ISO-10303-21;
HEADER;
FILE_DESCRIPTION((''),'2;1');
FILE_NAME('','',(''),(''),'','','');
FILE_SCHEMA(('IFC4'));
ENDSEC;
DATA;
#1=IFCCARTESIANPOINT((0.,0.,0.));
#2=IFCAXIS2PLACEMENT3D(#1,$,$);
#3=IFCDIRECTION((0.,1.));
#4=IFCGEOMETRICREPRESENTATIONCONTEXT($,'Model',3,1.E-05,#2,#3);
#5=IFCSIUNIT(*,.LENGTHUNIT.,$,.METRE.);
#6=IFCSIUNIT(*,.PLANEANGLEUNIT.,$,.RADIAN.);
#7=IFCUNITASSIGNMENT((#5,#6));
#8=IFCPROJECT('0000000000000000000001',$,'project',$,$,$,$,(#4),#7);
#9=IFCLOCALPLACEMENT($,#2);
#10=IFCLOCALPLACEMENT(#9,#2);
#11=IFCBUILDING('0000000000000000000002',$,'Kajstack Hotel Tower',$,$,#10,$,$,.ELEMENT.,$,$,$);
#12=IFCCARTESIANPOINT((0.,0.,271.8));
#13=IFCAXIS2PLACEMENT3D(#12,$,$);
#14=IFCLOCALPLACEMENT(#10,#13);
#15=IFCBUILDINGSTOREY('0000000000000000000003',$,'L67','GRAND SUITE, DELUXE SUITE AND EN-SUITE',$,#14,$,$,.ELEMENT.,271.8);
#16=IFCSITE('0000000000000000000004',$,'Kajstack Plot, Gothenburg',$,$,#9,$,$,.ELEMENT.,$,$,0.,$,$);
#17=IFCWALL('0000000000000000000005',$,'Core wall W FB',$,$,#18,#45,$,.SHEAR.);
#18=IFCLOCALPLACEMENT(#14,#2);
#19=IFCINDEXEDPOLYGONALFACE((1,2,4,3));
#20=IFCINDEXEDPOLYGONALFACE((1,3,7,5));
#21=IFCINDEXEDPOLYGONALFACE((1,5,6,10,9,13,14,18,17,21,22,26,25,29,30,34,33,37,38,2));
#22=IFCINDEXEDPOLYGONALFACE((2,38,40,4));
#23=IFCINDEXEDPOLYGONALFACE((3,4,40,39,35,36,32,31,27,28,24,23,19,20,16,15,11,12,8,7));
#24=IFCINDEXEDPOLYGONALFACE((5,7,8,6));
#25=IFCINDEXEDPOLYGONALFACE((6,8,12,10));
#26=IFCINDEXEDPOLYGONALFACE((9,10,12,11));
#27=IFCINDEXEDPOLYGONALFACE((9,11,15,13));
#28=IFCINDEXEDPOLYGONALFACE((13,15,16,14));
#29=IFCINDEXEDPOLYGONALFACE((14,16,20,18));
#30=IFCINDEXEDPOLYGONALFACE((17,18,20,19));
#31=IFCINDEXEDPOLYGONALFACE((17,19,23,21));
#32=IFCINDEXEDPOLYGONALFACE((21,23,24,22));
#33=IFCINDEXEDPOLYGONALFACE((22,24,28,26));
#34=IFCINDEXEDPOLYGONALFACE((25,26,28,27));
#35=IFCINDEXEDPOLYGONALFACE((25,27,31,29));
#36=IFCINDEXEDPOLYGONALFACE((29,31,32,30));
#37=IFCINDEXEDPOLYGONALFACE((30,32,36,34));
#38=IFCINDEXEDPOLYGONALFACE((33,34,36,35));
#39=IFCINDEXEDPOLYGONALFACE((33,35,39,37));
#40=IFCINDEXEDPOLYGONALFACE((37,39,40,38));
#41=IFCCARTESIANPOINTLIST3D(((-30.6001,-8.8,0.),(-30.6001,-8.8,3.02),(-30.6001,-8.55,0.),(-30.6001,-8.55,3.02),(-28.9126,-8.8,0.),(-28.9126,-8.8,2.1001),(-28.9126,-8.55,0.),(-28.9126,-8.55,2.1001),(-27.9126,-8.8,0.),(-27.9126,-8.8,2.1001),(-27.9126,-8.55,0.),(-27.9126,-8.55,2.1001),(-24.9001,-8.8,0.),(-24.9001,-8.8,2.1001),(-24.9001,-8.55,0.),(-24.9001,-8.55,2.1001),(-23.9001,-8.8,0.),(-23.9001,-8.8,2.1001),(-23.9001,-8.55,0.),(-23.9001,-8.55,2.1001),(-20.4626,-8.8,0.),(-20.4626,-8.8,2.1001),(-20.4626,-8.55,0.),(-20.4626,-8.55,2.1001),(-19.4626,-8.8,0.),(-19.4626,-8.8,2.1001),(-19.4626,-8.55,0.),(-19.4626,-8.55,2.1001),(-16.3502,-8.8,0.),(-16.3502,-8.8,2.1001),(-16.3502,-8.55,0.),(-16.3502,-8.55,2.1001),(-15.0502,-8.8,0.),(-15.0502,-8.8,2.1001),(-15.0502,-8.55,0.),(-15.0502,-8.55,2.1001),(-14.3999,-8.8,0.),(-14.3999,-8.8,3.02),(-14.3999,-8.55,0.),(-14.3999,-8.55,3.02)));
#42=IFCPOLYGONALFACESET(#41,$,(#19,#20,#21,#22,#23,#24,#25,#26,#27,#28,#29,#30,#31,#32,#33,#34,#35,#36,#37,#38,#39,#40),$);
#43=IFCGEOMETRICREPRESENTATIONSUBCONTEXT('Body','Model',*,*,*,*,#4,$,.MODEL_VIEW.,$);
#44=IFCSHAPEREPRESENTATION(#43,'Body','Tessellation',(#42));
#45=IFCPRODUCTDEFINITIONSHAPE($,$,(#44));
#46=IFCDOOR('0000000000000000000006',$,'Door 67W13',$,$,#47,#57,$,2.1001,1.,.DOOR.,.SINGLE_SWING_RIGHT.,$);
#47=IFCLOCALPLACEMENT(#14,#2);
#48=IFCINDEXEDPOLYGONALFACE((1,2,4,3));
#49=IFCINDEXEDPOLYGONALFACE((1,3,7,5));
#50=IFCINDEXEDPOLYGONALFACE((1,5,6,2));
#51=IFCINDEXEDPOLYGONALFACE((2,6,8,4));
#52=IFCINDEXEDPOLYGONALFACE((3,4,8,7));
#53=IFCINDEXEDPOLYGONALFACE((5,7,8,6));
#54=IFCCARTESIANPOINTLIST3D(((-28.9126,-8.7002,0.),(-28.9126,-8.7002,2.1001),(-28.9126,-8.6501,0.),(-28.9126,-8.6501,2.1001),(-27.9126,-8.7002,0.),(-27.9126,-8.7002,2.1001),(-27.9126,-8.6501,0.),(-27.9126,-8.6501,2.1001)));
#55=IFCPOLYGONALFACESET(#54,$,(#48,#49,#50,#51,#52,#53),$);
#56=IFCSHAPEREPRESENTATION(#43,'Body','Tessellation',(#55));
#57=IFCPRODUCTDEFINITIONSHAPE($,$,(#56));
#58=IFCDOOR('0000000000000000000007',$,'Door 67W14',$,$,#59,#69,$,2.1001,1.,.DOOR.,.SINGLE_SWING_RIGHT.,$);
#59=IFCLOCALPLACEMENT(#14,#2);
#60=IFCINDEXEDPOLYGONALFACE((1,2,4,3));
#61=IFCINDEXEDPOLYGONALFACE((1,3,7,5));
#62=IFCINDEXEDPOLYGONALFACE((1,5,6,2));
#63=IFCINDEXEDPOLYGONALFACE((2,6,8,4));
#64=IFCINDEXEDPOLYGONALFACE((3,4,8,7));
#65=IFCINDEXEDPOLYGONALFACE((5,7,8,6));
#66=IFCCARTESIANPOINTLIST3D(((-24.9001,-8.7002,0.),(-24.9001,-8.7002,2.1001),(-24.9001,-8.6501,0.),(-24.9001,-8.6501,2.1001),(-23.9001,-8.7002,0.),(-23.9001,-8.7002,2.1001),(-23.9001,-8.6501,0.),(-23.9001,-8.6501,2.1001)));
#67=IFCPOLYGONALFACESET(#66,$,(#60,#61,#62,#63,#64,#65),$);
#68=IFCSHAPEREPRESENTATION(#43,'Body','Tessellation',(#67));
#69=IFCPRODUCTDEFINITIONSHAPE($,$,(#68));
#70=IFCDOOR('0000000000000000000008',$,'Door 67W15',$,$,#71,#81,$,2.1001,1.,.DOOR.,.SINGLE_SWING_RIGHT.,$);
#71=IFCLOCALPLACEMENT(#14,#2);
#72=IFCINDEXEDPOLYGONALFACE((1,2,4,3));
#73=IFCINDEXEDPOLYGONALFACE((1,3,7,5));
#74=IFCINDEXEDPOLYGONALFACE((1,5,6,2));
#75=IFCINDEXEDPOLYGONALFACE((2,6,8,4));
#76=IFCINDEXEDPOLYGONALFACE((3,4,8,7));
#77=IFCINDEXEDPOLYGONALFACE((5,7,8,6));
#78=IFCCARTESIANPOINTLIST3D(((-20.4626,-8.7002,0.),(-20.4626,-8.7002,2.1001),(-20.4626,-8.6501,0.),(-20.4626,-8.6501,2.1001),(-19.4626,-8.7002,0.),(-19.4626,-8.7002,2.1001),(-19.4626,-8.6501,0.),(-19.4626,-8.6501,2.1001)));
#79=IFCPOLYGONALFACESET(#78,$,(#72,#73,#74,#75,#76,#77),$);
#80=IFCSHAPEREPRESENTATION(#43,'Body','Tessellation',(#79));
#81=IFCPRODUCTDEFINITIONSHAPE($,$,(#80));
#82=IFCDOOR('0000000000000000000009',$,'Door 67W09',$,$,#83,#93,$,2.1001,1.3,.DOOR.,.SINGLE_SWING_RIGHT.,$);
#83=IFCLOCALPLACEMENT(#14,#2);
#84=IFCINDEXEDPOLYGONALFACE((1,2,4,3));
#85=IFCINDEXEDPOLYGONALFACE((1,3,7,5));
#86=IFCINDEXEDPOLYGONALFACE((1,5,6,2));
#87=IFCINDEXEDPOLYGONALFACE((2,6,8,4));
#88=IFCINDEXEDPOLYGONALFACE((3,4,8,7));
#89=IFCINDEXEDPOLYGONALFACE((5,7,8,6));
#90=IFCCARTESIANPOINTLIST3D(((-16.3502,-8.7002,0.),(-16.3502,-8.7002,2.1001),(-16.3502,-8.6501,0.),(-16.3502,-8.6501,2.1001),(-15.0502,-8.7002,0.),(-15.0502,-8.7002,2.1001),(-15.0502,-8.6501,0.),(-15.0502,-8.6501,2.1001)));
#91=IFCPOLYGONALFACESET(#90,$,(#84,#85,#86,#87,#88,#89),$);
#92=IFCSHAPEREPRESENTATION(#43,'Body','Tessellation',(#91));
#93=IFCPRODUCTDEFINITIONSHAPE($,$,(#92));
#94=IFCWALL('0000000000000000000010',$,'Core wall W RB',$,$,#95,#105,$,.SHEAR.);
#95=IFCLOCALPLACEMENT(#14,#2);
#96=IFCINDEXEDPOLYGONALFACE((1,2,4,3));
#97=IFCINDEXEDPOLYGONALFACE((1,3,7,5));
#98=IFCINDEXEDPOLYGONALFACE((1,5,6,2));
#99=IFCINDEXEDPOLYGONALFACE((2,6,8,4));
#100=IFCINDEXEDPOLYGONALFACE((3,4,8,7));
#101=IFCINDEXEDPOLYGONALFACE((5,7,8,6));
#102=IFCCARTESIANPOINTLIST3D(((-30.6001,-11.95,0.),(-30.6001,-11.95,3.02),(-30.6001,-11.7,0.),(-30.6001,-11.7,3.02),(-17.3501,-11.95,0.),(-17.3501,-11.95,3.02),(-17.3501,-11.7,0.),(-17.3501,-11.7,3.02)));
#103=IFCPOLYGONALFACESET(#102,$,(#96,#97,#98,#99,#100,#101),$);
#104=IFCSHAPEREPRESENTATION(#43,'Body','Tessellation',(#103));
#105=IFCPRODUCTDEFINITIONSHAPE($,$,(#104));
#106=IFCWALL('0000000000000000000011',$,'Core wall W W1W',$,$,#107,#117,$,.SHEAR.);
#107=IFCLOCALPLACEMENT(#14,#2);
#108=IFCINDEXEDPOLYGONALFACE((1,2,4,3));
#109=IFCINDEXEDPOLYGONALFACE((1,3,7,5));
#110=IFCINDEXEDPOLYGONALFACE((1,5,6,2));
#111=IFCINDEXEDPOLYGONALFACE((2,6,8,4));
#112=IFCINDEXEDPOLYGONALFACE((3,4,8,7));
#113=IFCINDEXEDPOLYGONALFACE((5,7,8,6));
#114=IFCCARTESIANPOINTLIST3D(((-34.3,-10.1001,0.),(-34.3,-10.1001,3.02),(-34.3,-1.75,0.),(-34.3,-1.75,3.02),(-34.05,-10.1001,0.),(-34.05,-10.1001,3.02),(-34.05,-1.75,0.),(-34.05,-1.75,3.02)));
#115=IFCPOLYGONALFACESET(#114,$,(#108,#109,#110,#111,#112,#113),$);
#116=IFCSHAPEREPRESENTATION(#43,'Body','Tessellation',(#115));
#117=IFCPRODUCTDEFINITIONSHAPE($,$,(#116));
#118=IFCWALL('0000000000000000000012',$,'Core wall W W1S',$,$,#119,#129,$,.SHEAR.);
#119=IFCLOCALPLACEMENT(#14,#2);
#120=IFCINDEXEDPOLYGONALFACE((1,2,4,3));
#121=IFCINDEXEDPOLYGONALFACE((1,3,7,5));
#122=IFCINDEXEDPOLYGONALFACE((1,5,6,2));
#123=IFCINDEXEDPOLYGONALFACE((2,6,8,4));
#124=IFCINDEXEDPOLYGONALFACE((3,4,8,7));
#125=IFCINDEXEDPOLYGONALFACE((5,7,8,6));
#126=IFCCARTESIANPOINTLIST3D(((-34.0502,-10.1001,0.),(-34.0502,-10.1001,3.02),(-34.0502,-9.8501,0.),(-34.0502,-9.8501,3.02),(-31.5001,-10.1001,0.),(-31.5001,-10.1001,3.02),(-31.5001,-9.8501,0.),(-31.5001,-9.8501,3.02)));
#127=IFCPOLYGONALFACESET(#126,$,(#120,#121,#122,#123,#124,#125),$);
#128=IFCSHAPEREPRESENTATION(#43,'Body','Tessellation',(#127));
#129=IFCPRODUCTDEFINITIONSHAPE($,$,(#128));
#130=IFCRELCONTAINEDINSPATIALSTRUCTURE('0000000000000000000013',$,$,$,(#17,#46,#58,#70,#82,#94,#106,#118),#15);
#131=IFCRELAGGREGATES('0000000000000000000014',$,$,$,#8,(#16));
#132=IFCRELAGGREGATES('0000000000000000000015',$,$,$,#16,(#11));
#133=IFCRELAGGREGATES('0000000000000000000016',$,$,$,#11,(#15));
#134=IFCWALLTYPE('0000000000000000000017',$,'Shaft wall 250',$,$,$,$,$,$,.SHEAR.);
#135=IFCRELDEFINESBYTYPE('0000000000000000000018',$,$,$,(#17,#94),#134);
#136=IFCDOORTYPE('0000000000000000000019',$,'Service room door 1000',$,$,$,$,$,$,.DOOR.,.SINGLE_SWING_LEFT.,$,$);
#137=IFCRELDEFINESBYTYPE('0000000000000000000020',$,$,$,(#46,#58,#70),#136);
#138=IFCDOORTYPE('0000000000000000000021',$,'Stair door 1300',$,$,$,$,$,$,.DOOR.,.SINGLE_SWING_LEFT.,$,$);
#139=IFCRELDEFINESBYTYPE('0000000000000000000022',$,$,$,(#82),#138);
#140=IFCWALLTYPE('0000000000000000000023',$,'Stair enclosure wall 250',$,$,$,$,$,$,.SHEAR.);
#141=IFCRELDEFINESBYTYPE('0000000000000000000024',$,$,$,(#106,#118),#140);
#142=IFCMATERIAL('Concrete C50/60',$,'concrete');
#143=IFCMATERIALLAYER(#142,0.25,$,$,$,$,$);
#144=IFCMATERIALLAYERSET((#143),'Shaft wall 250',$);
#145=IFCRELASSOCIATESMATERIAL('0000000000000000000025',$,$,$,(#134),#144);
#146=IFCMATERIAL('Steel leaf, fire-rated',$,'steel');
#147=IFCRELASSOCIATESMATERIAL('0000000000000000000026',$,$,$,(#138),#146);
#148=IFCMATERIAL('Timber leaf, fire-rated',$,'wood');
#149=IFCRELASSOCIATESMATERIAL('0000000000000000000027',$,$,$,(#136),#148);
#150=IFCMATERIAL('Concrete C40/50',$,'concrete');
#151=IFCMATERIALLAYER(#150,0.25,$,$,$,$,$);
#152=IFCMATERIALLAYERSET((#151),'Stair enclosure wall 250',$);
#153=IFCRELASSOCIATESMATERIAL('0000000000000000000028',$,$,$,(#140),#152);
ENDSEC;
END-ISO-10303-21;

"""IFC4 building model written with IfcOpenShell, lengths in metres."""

from ifc_helpers import new_model, si_unit, direction, frame, frame_2d, origin, place, context, subcontext, project, spatial, rectangle, extrude, material, layer, layer_set, type_object, element, fill, save


model = new_model("IFC4")

# Units and contexts
model_context = context("Model", 3, precision=1e-05, world=origin(), true_north=direction((0.0, 1.0)))
body_context = subcontext(model_context, "Body", "Model", "MODEL_VIEW")
ifc_project = project(units=[si_unit("LENGTHUNIT", "METRE"), si_unit("PLANEANGLEUNIT", "RADIAN")], contexts=[model_context])

# Site, building, storey
site_placement = place(None, origin())
site = spatial("IfcSite", under=ifc_project, at=site_placement, Name="Kajstack Plot, Gothenburg", CompositionType="ELEMENT", RefElevation=0.0)
building_placement = place(site_placement, origin())
building = spatial("IfcBuilding", under=site, at=building_placement, Name="Kajstack Hotel Tower", CompositionType="ELEMENT")
storey_placement = place(building_placement, frame((0.0, 0.0, 271.8)))
storey = spatial("IfcBuildingStorey", under=building, at=storey_placement, Name="L67", Description="GRAND SUITE, DELUXE SUITE AND EN-SUITE", CompositionType="ELEMENT", Elevation=271.8)

# Shared definitions
ifc_material_1 = material(Name="Concrete C40/50", Category="concrete")

# Shared definitions
ifc_material_2 = material(Name="Timber leaf, fire-rated", Category="wood")

# Wall, openings, doors
ifc_material_3 = material(Name="Concrete C50/60", Category="concrete")
ifc_layer_1 = layer(ifc_material_3, 0.25)
ifc_layer_set_1 = layer_set([ifc_layer_1], Name="Shaft wall 250")
wall_type_1 = type_object("IfcWallType", Name="Shaft wall 250", PredefinedType="SHEAR", material=ifc_layer_set_1)
ifc_material_4 = material(Name="Steel leaf, fire-rated", Category="steel")
door_type_1 = type_object("IfcDoorType", Name="Stair door 1300", OperationType="SINGLE_SWING_LEFT", PredefinedType="DOOR", material=ifc_material_4)
wall_1_placement = place(storey_placement, frame((-30.6001, -8.675, 0.0), z_axis=(0.0, 0.0, 1.0), x_axis=(1.0, 0.0, 0.0)))
wall_1 = element("IfcWall", 1, at=wall_1_placement, inside=storey, type_object=wall_type_1, Name="Core wall W FB", PredefinedType="SHEAR", context=body_context, shape_type="SweptSolid", body=[
    extrude(rectangle(XDim=16.2002, YDim=0.25, at=frame_2d((8.1001, 0.0))), origin(), (0.0, 0.0, 1.0), 3.02),
])
opening_1_placement = place(wall_1_placement, frame((14.25, 0.0, 0.0)))
opening_1 = element("IfcOpeningElement", 2, at=opening_1_placement, cuts=wall_1, PredefinedType="OPENING", context=body_context, shape_type="SweptSolid", body=[
    extrude(rectangle(XDim=1.3, YDim=2.1001, at=frame_2d((0.6499, 1.05))), frame((0.0, 0.135, 0.0), z_axis=(0.0, -1.0, 0.0), x_axis=(1.0, 0.0, 0.0)), (0.0, 0.0, 1.0), 0.27),
])
opening_2_placement = place(wall_1_placement, frame((1.6875, 0.0, 0.0)))
opening_2 = element("IfcOpeningElement", 3, at=opening_2_placement, cuts=wall_1, PredefinedType="OPENING", context=body_context, shape_type="SweptSolid", body=[
    extrude(rectangle(XDim=1.0, YDim=2.1001, at=frame_2d((0.5, 1.05))), frame((0.0, 0.135, 0.0), z_axis=(0.0, -1.0, 0.0), x_axis=(1.0, 0.0, 0.0)), (0.0, 0.0, 1.0), 0.27),
])
opening_3_placement = place(wall_1_placement, frame((5.7, 0.0, 0.0)))
opening_3 = element("IfcOpeningElement", 4, at=opening_3_placement, cuts=wall_1, PredefinedType="OPENING", context=body_context, shape_type="SweptSolid", body=[
    extrude(rectangle(XDim=1.0, YDim=2.1001, at=frame_2d((0.5, 1.05))), frame((0.0, 0.135, 0.0), z_axis=(0.0, -1.0, 0.0), x_axis=(1.0, 0.0, 0.0)), (0.0, 0.0, 1.0), 0.27),
])
opening_4_placement = place(wall_1_placement, frame((10.1375, 0.0, 0.0)))
opening_4 = element("IfcOpeningElement", 5, at=opening_4_placement, cuts=wall_1, PredefinedType="OPENING", context=body_context, shape_type="SweptSolid", body=[
    extrude(rectangle(XDim=1.0, YDim=2.1001, at=frame_2d((0.5, 1.05))), frame((0.0, 0.135, 0.0), z_axis=(0.0, -1.0, 0.0), x_axis=(1.0, 0.0, 0.0)), (0.0, 0.0, 1.0), 0.27),
])
door_type_2 = type_object("IfcDoorType", Name="Service room door 1000", OperationType="SINGLE_SWING_LEFT", PredefinedType="DOOR", material=ifc_material_2)
door_1_placement = place(opening_2_placement, origin())
door_1 = element("IfcDoor", 6, at=door_1_placement, inside=storey, type_object=door_type_2, Name="Door 67W13", OperationType="SINGLE_SWING_RIGHT", OverallHeight=2.1001, OverallWidth=1.0, PredefinedType="DOOR", context=body_context, shape_type="SweptSolid", body=[
    extrude(rectangle(XDim=1.0, YDim=2.1001, at=frame_2d((0.5, 1.05))), frame((0.0, 0.0249, 0.0), z_axis=(0.0, -1.0, 0.0), x_axis=(1.0, 0.0, 0.0)), (0.0, 0.0, 1.0), 0.05),
])
fill(opening_2, door_1)
door_2_placement = place(opening_3_placement, origin())
door_2 = element("IfcDoor", 7, at=door_2_placement, inside=storey, type_object=door_type_2, Name="Door 67W14", OperationType="SINGLE_SWING_RIGHT", OverallHeight=2.1001, OverallWidth=1.0, PredefinedType="DOOR", context=body_context, shape_type="SweptSolid", body=[
    extrude(rectangle(XDim=1.0, YDim=2.1001, at=frame_2d((0.5, 1.05))), frame((0.0, 0.0249, 0.0), z_axis=(0.0, -1.0, 0.0), x_axis=(1.0, 0.0, 0.0)), (0.0, 0.0, 1.0), 0.05),
])
fill(opening_3, door_2)
door_3_placement = place(opening_4_placement, origin())
door_3 = element("IfcDoor", 8, at=door_3_placement, inside=storey, type_object=door_type_2, Name="Door 67W15", OperationType="SINGLE_SWING_RIGHT", OverallHeight=2.1001, OverallWidth=1.0, PredefinedType="DOOR", context=body_context, shape_type="SweptSolid", body=[
    extrude(rectangle(XDim=1.0, YDim=2.1001, at=frame_2d((0.5, 1.05))), frame((0.0, 0.0249, 0.0), z_axis=(0.0, -1.0, 0.0), x_axis=(1.0, 0.0, 0.0)), (0.0, 0.0, 1.0), 0.05),
])
fill(opening_4, door_3)
door_4_placement = place(opening_1_placement, origin())
door_4 = element("IfcDoor", 9, at=door_4_placement, inside=storey, type_object=door_type_1, Name="Door 67W09", OperationType="SINGLE_SWING_RIGHT", OverallHeight=2.1001, OverallWidth=1.3, PredefinedType="DOOR", context=body_context, shape_type="SweptSolid", body=[
    extrude(rectangle(XDim=1.3, YDim=2.1001, at=frame_2d((0.6499, 1.05))), frame((0.0, 0.0249, 0.0), z_axis=(0.0, -1.0, 0.0), x_axis=(1.0, 0.0, 0.0)), (0.0, 0.0, 1.0), 0.05),
])
fill(opening_1, door_4)

# Walls
wall_2_placement = place(storey_placement, frame((-30.6001, -11.825, 0.0), z_axis=(0.0, 0.0, 1.0), x_axis=(1.0, 0.0, 0.0)))
element("IfcWall", 10, at=wall_2_placement, inside=storey, type_object=wall_type_1, Name="Core wall W RB", PredefinedType="SHEAR", context=body_context, shape_type="SweptSolid", body=[
    extrude(rectangle(XDim=13.25, YDim=0.25, at=frame_2d((6.625, 0.0))), origin(), (0.0, 0.0, 1.0), 3.02),
])
ifc_layer_2 = layer(ifc_material_1, 0.25)
ifc_layer_set_2 = layer_set([ifc_layer_2], Name="Stair enclosure wall 250")
wall_type_2 = type_object("IfcWallType", Name="Stair enclosure wall 250", PredefinedType="SHEAR", material=ifc_layer_set_2)
wall_3_placement = place(storey_placement, frame((-34.175, -10.1001, 0.0), z_axis=(0.0, 0.0, 1.0), x_axis=(0.0, 1.0, 0.0)))
element("IfcWall", 11, at=wall_3_placement, inside=storey, type_object=wall_type_2, Name="Core wall W W1W", PredefinedType="SHEAR", context=body_context, shape_type="SweptSolid", body=[
    extrude(rectangle(XDim=8.3501, YDim=0.25, at=frame_2d((4.175, 0.0))), origin(), (0.0, 0.0, 1.0), 3.02),
])
wall_4_placement = place(storey_placement, frame((-34.05, -9.9751, 0.0), z_axis=(0.0, 0.0, 1.0), x_axis=(1.0, 0.0, 0.0)))
element("IfcWall", 12, at=wall_4_placement, inside=storey, type_object=wall_type_2, Name="Core wall W W1S", PredefinedType="SHEAR", context=body_context, shape_type="SweptSolid", body=[
    extrude(rectangle(XDim=2.55, YDim=0.25, at=frame_2d((1.2749, 0.0))), origin(), (0.0, 0.0, 1.0), 3.02),
])

save(model, "model.ifc")
